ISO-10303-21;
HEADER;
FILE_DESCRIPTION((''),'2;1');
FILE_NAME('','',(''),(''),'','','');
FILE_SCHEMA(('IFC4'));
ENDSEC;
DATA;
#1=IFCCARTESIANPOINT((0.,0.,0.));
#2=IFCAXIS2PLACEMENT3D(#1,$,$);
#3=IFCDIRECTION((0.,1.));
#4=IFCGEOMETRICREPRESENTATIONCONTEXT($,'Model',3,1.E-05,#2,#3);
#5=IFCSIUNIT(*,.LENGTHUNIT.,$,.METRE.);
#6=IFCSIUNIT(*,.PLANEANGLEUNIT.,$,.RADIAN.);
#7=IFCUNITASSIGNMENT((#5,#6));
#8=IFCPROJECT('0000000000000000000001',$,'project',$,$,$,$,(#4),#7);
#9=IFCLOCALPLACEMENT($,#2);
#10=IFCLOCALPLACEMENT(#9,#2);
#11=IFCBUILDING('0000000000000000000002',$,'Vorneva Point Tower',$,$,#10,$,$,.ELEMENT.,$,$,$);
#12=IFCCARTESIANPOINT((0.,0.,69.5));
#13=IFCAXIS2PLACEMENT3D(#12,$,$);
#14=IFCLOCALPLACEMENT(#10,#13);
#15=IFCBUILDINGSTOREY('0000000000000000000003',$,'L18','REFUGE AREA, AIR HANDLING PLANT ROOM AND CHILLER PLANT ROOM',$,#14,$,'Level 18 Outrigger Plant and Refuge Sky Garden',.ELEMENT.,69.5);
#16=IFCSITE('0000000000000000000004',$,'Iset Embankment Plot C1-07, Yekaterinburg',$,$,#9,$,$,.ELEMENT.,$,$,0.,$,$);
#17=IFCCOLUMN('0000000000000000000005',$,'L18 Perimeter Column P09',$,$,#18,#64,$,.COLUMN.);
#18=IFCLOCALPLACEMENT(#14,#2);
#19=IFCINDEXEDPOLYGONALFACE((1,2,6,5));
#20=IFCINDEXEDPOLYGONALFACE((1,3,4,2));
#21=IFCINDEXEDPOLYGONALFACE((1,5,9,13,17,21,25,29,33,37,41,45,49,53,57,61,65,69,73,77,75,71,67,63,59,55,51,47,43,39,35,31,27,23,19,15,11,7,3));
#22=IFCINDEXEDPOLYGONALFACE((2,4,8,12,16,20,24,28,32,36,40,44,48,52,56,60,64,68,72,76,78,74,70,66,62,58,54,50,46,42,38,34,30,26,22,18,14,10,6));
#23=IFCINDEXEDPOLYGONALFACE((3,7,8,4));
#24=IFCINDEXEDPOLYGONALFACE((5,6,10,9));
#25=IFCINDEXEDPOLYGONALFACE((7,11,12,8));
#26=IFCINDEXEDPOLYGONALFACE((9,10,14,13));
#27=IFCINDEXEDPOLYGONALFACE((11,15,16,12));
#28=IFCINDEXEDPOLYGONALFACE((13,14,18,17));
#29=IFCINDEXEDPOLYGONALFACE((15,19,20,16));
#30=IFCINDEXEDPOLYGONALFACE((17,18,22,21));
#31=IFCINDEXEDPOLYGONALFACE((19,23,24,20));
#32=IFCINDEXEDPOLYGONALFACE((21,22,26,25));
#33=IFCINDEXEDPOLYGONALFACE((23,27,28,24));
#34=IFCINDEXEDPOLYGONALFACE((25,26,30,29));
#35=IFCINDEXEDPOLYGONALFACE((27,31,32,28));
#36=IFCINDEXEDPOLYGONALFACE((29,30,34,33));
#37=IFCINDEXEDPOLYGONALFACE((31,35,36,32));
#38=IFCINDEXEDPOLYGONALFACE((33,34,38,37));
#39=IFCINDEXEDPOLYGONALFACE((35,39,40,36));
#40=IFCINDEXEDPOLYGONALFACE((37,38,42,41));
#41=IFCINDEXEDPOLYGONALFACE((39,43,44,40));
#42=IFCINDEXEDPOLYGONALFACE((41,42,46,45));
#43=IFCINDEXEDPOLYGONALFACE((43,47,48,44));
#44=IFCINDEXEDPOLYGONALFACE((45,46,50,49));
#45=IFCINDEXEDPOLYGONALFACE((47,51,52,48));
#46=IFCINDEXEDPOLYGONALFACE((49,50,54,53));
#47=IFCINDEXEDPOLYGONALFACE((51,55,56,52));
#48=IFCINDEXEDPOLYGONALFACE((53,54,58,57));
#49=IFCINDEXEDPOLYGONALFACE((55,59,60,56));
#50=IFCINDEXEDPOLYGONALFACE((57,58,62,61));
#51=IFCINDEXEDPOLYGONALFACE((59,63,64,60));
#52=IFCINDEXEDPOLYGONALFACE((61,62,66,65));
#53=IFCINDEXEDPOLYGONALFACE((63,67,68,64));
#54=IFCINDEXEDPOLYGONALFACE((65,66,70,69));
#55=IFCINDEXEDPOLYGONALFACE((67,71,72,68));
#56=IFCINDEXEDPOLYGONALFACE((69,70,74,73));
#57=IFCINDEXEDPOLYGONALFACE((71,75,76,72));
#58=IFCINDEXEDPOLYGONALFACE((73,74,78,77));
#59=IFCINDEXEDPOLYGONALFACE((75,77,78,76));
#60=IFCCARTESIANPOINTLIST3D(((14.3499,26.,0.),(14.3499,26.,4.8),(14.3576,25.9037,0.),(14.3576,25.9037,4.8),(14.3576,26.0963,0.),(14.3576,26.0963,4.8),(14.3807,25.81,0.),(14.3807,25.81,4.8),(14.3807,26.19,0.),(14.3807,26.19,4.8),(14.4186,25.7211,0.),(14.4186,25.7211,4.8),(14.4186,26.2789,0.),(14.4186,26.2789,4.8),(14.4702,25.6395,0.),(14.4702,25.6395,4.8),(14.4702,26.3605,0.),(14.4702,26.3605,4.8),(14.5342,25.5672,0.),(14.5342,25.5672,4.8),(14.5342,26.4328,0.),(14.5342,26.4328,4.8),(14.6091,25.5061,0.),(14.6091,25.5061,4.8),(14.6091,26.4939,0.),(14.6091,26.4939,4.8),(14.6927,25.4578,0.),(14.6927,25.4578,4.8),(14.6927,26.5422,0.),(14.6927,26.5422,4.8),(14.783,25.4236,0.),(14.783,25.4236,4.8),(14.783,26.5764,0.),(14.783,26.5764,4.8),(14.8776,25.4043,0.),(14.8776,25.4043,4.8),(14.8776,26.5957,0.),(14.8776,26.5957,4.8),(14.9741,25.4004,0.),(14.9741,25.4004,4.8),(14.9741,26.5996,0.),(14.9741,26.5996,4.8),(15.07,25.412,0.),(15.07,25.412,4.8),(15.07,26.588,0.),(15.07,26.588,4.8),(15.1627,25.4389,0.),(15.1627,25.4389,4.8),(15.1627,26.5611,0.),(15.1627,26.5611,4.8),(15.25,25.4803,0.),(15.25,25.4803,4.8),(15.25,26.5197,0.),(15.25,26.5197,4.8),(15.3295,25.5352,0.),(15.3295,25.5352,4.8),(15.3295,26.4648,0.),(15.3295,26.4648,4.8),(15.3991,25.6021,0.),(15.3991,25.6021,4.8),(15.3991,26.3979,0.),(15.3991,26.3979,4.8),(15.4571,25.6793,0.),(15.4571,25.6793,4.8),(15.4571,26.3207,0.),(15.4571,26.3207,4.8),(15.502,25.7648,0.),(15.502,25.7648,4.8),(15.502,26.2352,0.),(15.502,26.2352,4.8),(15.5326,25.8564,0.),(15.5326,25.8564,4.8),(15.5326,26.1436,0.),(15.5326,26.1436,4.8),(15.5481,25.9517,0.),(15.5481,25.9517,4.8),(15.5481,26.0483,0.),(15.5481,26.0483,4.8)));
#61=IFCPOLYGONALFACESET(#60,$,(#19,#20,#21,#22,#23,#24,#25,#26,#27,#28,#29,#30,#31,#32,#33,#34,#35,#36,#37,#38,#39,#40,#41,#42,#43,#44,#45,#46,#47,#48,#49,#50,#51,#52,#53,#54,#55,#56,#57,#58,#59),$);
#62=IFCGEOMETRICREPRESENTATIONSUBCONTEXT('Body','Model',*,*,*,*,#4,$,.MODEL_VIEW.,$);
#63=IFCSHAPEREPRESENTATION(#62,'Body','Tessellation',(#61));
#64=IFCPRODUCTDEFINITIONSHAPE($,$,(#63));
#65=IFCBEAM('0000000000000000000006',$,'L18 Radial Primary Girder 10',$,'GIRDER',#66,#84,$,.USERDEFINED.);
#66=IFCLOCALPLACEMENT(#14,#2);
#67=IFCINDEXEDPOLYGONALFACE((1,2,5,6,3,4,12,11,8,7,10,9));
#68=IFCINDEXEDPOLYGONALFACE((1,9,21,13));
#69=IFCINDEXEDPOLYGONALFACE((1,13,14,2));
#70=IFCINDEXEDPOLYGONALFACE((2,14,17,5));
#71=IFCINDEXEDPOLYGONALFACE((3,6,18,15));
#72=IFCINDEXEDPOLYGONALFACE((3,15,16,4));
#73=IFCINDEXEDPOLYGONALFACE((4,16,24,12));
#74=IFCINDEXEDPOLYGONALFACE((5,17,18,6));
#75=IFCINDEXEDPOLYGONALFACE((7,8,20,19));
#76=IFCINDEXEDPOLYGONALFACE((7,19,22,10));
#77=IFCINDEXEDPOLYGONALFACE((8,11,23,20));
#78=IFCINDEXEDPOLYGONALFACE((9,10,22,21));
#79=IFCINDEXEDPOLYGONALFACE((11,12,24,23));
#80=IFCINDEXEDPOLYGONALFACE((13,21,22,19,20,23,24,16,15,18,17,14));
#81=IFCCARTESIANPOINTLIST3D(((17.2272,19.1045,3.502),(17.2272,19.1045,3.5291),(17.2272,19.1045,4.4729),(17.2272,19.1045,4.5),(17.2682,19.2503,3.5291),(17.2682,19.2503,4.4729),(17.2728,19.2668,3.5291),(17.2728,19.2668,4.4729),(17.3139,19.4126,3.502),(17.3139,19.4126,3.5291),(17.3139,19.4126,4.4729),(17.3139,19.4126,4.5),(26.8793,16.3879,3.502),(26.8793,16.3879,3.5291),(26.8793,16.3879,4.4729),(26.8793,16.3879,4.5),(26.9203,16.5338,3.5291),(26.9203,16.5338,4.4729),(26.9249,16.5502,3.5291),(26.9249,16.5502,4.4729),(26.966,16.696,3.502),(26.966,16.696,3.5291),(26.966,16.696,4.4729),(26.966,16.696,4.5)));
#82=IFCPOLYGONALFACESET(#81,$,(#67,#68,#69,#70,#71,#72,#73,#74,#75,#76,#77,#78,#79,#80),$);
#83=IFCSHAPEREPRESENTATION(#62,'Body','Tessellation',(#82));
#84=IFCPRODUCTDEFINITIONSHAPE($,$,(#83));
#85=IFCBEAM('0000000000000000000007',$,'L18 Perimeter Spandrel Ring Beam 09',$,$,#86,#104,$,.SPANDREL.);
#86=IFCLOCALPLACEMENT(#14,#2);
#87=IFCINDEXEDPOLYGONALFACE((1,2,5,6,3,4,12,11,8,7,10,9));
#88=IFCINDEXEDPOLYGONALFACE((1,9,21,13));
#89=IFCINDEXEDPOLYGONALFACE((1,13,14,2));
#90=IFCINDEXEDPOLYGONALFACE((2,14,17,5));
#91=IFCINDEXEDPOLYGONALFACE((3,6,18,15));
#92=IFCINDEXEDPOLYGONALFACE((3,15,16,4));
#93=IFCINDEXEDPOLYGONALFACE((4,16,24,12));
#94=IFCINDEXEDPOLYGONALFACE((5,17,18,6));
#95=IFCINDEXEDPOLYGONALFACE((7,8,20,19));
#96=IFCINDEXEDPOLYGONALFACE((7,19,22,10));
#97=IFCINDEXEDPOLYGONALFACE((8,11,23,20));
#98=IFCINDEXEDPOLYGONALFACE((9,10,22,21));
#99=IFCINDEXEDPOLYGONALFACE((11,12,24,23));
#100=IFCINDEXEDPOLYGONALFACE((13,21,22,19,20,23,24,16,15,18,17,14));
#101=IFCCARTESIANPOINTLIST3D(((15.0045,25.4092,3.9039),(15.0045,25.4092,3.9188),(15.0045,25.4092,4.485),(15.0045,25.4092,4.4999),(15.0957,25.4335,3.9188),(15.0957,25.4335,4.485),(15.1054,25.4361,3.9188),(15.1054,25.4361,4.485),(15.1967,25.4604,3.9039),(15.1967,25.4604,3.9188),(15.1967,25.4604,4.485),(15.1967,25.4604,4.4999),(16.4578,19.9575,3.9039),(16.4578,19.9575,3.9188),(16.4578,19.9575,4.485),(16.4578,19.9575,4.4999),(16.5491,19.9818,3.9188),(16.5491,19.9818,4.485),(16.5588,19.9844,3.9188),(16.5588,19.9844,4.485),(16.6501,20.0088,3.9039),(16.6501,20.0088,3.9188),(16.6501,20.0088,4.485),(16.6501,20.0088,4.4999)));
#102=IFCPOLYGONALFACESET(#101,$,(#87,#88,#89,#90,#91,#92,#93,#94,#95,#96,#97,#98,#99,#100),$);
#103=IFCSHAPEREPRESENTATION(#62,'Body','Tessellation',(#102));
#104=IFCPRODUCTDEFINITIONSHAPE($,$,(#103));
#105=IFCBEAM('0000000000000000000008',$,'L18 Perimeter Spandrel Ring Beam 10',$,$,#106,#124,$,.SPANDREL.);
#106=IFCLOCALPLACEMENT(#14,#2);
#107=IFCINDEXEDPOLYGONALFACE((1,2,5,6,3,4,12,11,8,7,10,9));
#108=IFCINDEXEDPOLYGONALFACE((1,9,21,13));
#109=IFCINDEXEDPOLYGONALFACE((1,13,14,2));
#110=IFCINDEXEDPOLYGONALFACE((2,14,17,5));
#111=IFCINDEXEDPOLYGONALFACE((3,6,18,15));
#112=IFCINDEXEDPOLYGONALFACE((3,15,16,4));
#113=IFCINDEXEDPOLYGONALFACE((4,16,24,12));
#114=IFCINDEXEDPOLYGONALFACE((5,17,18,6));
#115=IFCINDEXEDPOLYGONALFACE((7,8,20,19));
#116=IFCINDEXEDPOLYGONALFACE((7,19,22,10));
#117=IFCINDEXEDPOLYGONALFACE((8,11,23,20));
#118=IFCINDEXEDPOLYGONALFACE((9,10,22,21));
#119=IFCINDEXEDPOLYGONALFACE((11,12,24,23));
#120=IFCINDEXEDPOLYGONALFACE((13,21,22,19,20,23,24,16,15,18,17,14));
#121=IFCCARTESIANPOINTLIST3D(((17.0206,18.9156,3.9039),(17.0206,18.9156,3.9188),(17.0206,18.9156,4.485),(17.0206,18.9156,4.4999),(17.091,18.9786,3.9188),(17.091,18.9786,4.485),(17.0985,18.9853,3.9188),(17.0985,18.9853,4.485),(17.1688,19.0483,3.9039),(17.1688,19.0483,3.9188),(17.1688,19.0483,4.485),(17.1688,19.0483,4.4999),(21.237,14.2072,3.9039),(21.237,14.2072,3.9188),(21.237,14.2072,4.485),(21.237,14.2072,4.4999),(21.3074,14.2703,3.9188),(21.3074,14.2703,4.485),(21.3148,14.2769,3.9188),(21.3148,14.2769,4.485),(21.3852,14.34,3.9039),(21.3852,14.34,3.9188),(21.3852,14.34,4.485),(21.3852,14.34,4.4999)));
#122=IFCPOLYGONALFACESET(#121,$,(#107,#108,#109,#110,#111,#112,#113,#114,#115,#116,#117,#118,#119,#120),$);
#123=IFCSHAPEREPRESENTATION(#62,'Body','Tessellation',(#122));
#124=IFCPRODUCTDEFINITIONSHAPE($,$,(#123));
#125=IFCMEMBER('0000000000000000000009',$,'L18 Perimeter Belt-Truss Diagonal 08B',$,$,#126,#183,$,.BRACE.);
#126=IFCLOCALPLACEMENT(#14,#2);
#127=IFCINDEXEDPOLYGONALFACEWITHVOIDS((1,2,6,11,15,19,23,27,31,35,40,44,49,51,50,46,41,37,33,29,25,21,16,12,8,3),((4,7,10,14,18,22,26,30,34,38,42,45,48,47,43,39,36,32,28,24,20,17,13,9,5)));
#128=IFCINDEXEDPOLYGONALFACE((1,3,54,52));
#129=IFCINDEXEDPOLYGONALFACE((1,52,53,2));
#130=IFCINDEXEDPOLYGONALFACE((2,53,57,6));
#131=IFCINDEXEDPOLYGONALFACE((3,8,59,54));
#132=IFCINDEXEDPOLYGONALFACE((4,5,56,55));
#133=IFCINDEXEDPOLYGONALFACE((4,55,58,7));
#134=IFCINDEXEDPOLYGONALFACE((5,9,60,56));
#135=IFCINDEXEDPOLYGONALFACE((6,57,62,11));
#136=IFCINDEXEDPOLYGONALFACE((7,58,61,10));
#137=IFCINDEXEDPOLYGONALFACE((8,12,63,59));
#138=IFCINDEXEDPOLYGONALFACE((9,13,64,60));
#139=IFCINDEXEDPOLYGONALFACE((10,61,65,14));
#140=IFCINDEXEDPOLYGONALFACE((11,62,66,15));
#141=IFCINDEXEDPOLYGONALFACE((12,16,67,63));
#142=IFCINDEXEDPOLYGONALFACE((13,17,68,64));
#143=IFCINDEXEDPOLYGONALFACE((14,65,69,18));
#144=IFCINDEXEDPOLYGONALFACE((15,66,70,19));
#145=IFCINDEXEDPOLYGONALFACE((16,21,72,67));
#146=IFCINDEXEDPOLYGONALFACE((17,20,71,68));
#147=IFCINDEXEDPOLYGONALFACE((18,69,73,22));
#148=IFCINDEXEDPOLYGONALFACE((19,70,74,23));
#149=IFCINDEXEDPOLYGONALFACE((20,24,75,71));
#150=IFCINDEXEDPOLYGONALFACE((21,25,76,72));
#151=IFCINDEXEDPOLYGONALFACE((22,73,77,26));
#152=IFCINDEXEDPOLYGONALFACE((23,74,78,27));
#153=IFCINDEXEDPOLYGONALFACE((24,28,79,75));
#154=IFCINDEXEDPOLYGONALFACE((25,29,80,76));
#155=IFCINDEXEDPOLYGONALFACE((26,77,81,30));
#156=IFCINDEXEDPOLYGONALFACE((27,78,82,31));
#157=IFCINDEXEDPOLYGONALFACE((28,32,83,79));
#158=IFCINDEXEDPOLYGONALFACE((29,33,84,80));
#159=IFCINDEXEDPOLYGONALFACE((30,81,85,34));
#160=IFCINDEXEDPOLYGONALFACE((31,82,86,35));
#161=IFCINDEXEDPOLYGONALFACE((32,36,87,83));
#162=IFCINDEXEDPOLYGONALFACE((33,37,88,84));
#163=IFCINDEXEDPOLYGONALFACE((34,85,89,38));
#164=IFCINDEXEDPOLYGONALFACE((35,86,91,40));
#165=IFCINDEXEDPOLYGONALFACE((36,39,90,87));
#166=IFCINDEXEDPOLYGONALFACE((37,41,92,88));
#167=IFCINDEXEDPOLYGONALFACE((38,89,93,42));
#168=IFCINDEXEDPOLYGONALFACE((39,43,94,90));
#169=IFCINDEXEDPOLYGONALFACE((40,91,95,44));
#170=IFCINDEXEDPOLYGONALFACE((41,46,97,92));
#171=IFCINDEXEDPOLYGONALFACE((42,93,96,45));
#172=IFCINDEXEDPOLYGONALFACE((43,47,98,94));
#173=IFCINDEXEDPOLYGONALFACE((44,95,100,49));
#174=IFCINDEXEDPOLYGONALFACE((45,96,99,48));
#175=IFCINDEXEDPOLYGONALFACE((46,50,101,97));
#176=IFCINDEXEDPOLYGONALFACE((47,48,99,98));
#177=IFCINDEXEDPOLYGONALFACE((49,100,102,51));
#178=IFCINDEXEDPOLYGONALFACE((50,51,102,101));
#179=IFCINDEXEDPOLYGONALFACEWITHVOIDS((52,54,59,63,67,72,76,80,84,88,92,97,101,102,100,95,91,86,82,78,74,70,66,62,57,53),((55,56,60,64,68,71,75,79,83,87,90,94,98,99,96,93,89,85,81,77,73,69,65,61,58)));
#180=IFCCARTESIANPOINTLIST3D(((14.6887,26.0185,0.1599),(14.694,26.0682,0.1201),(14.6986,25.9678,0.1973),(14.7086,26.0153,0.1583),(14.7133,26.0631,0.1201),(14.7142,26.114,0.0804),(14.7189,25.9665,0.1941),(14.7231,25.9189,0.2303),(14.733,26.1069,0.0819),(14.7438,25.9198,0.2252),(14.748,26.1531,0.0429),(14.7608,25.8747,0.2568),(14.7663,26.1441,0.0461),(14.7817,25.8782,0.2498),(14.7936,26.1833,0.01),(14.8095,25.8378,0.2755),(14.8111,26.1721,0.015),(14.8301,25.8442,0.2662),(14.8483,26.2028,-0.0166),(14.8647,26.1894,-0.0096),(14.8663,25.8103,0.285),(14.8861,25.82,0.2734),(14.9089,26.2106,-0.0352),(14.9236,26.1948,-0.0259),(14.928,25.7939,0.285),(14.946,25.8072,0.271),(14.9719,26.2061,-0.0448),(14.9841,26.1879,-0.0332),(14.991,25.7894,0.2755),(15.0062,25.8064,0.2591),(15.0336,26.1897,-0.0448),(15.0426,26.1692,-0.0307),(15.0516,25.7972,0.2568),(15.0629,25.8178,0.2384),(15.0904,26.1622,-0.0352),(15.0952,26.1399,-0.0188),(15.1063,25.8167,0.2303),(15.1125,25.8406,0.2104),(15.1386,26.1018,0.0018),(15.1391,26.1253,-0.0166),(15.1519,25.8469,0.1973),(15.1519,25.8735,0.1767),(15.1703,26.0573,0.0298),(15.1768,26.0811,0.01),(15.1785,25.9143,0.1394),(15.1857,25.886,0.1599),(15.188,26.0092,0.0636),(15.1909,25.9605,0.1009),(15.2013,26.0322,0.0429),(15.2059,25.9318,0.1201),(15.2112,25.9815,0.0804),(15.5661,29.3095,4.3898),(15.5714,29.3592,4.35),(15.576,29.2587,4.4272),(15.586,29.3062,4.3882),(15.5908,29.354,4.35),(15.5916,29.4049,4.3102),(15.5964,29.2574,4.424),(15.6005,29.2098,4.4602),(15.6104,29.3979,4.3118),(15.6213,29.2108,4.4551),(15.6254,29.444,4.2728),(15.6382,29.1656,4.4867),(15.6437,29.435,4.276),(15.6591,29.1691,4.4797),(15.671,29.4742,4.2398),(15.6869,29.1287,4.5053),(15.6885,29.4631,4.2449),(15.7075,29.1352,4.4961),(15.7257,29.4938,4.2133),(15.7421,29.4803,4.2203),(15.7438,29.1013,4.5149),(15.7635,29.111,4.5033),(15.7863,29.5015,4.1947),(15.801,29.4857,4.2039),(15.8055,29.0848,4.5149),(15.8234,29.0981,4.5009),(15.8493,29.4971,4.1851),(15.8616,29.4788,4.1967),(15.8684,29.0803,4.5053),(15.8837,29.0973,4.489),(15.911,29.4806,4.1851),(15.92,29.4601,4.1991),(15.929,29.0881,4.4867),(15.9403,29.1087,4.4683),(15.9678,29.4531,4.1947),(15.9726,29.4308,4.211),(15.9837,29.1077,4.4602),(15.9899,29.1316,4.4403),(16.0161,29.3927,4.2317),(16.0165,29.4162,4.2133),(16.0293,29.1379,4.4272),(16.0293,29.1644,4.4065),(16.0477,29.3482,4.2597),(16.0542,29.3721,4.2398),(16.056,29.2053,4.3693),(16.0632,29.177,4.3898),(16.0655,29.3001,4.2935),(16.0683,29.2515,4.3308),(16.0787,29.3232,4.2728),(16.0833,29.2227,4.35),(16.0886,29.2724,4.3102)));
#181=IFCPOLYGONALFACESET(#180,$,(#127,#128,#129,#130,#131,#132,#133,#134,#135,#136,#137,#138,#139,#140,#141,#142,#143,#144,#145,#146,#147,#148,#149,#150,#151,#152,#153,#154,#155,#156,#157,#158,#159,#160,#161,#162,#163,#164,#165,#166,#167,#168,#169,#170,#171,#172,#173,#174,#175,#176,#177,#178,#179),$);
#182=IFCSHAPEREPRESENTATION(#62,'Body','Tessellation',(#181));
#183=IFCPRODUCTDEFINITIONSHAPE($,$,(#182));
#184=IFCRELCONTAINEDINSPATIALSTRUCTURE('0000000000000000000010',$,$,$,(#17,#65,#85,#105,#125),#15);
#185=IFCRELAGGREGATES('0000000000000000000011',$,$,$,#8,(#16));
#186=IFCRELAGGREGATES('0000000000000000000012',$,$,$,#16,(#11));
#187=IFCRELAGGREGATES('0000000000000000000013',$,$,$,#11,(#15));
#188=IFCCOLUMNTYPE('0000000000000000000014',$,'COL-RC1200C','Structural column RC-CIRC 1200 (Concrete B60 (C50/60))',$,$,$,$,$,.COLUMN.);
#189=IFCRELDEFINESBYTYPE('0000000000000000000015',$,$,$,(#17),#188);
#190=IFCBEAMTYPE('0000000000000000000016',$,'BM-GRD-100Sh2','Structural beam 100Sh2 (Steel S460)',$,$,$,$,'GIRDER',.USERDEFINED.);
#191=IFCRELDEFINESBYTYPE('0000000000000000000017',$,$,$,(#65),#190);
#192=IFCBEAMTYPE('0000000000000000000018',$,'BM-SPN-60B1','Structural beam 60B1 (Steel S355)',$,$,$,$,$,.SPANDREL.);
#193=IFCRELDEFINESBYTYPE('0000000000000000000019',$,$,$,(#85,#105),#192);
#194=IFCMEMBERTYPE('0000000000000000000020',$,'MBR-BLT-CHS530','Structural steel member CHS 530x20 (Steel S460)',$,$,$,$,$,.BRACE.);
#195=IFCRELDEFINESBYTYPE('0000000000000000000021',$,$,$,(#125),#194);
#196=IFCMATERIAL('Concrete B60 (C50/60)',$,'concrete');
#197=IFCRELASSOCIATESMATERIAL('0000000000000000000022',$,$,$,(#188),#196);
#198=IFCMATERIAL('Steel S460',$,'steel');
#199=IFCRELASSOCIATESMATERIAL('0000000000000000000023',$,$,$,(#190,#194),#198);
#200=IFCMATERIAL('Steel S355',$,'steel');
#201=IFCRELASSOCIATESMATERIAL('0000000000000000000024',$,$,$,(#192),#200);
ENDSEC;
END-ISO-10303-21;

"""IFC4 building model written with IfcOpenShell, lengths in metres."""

from ifc_helpers import new_model, si_unit, direction, frame, origin, origin_2d, place, context, subcontext, project, spatial, circle, hollow_circle, i_section, extrude, material, material_profile, profile_set, type_object, element, save


model = new_model("IFC4")

# Units and contexts
model_context = context("Model", 3, precision=1e-05, world=origin(), true_north=direction((0.0, 1.0)))
body_context = subcontext(model_context, "Body", "Model", "MODEL_VIEW")
ifc_project = project(units=[si_unit("LENGTHUNIT", "METRE"), si_unit("PLANEANGLEUNIT", "RADIAN")], contexts=[model_context])

# Site, building, storey
site_placement = place(None, origin())
site = spatial("IfcSite", under=ifc_project, at=site_placement, Name="Iset Embankment Plot C1-07, Yekaterinburg", CompositionType="ELEMENT", RefElevation=0.0)
building_placement = place(site_placement, origin())
building = spatial("IfcBuilding", under=site, at=building_placement, Name="Vorneva Point Tower", CompositionType="ELEMENT")
storey_placement = place(building_placement, frame((0.0, 0.0, 69.5)))
storey = spatial("IfcBuildingStorey", under=building, at=storey_placement, Name="L18", Description="REFUGE AREA, AIR HANDLING PLANT ROOM AND CHILLER PLANT ROOM", LongName="Level 18 Outrigger Plant and Refuge Sky Garden", CompositionType="ELEMENT", Elevation=69.5)

# Column
ifc_material_1 = material(Name="Concrete B60 (C50/60)", Category="concrete")
ifc_material_profile_1 = material_profile(ifc_material_1, circle(Radius=0.6001, at=origin_2d()), Name="RC-CIRC 1200")
ifc_profile_set_1 = profile_set([ifc_material_profile_1], Name="Concrete B60 (C50/60)")
column_type = type_object("IfcColumnType", Name="COL-RC1200C", Description="Structural column RC-CIRC 1200 (Concrete B60 (C50/60))", PredefinedType="COLUMN", material=ifc_profile_set_1)
for number, where, z_axis, x_axis, name in (
    (1, (14.95, 26.0, 0.0), (0.0, 0.0, 1.0), (-1.0, 0.0, 0.0), "L18 Perimeter Column P09"),
):
    element("IfcColumn", number, at=place(storey_placement, frame(where, z_axis=z_axis, x_axis=x_axis)), inside=storey, type_object=column_type, Name=name, PredefinedType="COLUMN", context=body_context, shape_type="SweptSolid", body=[
        extrude(circle(Radius=0.6001, at=origin_2d()), origin(), (0.0, 0.0, 1.0), 4.8),
    ])

# Beams
ifc_material_2 = material(Name="Steel S460", Category="steel")
ifc_material_profile_2 = material_profile(ifc_material_2, i_section(OverallWidth=0.3201, OverallDepth=0.998, WebThickness=0.0171, FlangeThickness=0.0271, at=origin_2d()), Name="100Sh2")
ifc_profile_set_2 = profile_set([ifc_material_profile_2], Name="Steel S460")
beam_type_1 = type_object("IfcBeamType", Name="BM-GRD-100Sh2", Description="Structural beam 100Sh2 (Steel S460)", ElementType="GIRDER", PredefinedType="USERDEFINED", material=ifc_profile_set_2)
beam_1_placement = place(storey_placement, frame((17.2705, 19.2585, 4.001), z_axis=(0.962602, -0.270921, 0.0), x_axis=(0.270921, 0.962602, 0.0)))
element("IfcBeam", 2, at=beam_1_placement, inside=storey, type_object=beam_type_1, Name="L18 Radial Primary Girder 10", ObjectType="GIRDER", PredefinedType="USERDEFINED", context=body_context, shape_type="SweptSolid", body=[
    extrude(i_section(OverallWidth=0.3201, OverallDepth=0.998, WebThickness=0.0171, FlangeThickness=0.0271, at=origin_2d()), origin(), (0.0, 0.0, 1.0), 10.0271),
])
ifc_material_3 = material(Name="Steel S355", Category="steel")
ifc_material_profile_3 = material_profile(ifc_material_3, i_section(OverallWidth=0.199, OverallDepth=0.5959, WebThickness=0.01, FlangeThickness=0.0149, at=origin_2d()), Name="60B1")
ifc_profile_set_3 = profile_set([ifc_material_profile_3], Name="Steel S355")
beam_type_2 = type_object("IfcBeamType", Name="BM-SPN-60B1", Description="Structural beam 60B1 (Steel S355)", PredefinedType="SPANDREL", material=ifc_profile_set_3)
beam_2_placement = place(storey_placement, frame((15.1006, 25.4348, 4.2019), z_axis=(0.257595, -0.966253, 0.0), x_axis=(0.966253, 0.257595, 0.0)))
element("IfcBeam", 3, at=beam_2_placement, inside=storey, type_object=beam_type_2, Name="L18 Perimeter Spandrel Ring Beam 09", PredefinedType="SPANDREL", context=body_context, shape_type="SweptSolid", body=[
    extrude(i_section(OverallWidth=0.199, OverallDepth=0.5959, WebThickness=0.01, FlangeThickness=0.0149, at=origin_2d()), origin(), (0.0, 0.0, 1.0), 5.6421),
])
beam_3_placement = place(storey_placement, frame((17.0947, 18.9819, 4.2019), z_axis=(0.667117, -0.744953, 0.0), x_axis=(0.744953, 0.667117, 0.0)))
element("IfcBeam", 4, at=beam_3_placement, inside=storey, type_object=beam_type_2, Name="L18 Perimeter Spandrel Ring Beam 10", PredefinedType="SPANDREL", context=body_context, shape_type="SweptSolid", body=[
    extrude(i_section(OverallWidth=0.199, OverallDepth=0.5959, WebThickness=0.01, FlangeThickness=0.0149, at=origin_2d()), origin(), (0.0, 0.0, 1.0), 6.3203),
])

# Member
ifc_material_profile_4 = material_profile(ifc_material_2, hollow_circle(Radius=0.2649, WallThickness=0.02, at=origin_2d()), Name="CHS 530x20")
ifc_profile_set_4 = profile_set([ifc_material_profile_4], Name="Steel S460")
member_type = type_object("IfcMemberType", Name="MBR-BLT-CHS530", Description="Structural steel member CHS 530x20 (Steel S460)", PredefinedType="BRACE", material=ifc_profile_set_4)
member_1_placement = place(storey_placement, frame((14.95, 26.0, 0.1201), z_axis=(0.161568, 0.605993, 0.778889), x_axis=(-0.966247, 0.257618, 0.0)))
element("IfcMember", 5, at=member_1_placement, inside=storey, type_object=member_type, Name="L18 Perimeter Belt-Truss Diagonal 08B", PredefinedType="BRACE", context=body_context, shape_type="SweptSolid", body=[
    extrude(hollow_circle(Radius=0.2649, WallThickness=0.02, at=origin_2d()), origin(), (0.0, 0.0, 1.0), 5.4307),
])

save(model, "model.ifc")
